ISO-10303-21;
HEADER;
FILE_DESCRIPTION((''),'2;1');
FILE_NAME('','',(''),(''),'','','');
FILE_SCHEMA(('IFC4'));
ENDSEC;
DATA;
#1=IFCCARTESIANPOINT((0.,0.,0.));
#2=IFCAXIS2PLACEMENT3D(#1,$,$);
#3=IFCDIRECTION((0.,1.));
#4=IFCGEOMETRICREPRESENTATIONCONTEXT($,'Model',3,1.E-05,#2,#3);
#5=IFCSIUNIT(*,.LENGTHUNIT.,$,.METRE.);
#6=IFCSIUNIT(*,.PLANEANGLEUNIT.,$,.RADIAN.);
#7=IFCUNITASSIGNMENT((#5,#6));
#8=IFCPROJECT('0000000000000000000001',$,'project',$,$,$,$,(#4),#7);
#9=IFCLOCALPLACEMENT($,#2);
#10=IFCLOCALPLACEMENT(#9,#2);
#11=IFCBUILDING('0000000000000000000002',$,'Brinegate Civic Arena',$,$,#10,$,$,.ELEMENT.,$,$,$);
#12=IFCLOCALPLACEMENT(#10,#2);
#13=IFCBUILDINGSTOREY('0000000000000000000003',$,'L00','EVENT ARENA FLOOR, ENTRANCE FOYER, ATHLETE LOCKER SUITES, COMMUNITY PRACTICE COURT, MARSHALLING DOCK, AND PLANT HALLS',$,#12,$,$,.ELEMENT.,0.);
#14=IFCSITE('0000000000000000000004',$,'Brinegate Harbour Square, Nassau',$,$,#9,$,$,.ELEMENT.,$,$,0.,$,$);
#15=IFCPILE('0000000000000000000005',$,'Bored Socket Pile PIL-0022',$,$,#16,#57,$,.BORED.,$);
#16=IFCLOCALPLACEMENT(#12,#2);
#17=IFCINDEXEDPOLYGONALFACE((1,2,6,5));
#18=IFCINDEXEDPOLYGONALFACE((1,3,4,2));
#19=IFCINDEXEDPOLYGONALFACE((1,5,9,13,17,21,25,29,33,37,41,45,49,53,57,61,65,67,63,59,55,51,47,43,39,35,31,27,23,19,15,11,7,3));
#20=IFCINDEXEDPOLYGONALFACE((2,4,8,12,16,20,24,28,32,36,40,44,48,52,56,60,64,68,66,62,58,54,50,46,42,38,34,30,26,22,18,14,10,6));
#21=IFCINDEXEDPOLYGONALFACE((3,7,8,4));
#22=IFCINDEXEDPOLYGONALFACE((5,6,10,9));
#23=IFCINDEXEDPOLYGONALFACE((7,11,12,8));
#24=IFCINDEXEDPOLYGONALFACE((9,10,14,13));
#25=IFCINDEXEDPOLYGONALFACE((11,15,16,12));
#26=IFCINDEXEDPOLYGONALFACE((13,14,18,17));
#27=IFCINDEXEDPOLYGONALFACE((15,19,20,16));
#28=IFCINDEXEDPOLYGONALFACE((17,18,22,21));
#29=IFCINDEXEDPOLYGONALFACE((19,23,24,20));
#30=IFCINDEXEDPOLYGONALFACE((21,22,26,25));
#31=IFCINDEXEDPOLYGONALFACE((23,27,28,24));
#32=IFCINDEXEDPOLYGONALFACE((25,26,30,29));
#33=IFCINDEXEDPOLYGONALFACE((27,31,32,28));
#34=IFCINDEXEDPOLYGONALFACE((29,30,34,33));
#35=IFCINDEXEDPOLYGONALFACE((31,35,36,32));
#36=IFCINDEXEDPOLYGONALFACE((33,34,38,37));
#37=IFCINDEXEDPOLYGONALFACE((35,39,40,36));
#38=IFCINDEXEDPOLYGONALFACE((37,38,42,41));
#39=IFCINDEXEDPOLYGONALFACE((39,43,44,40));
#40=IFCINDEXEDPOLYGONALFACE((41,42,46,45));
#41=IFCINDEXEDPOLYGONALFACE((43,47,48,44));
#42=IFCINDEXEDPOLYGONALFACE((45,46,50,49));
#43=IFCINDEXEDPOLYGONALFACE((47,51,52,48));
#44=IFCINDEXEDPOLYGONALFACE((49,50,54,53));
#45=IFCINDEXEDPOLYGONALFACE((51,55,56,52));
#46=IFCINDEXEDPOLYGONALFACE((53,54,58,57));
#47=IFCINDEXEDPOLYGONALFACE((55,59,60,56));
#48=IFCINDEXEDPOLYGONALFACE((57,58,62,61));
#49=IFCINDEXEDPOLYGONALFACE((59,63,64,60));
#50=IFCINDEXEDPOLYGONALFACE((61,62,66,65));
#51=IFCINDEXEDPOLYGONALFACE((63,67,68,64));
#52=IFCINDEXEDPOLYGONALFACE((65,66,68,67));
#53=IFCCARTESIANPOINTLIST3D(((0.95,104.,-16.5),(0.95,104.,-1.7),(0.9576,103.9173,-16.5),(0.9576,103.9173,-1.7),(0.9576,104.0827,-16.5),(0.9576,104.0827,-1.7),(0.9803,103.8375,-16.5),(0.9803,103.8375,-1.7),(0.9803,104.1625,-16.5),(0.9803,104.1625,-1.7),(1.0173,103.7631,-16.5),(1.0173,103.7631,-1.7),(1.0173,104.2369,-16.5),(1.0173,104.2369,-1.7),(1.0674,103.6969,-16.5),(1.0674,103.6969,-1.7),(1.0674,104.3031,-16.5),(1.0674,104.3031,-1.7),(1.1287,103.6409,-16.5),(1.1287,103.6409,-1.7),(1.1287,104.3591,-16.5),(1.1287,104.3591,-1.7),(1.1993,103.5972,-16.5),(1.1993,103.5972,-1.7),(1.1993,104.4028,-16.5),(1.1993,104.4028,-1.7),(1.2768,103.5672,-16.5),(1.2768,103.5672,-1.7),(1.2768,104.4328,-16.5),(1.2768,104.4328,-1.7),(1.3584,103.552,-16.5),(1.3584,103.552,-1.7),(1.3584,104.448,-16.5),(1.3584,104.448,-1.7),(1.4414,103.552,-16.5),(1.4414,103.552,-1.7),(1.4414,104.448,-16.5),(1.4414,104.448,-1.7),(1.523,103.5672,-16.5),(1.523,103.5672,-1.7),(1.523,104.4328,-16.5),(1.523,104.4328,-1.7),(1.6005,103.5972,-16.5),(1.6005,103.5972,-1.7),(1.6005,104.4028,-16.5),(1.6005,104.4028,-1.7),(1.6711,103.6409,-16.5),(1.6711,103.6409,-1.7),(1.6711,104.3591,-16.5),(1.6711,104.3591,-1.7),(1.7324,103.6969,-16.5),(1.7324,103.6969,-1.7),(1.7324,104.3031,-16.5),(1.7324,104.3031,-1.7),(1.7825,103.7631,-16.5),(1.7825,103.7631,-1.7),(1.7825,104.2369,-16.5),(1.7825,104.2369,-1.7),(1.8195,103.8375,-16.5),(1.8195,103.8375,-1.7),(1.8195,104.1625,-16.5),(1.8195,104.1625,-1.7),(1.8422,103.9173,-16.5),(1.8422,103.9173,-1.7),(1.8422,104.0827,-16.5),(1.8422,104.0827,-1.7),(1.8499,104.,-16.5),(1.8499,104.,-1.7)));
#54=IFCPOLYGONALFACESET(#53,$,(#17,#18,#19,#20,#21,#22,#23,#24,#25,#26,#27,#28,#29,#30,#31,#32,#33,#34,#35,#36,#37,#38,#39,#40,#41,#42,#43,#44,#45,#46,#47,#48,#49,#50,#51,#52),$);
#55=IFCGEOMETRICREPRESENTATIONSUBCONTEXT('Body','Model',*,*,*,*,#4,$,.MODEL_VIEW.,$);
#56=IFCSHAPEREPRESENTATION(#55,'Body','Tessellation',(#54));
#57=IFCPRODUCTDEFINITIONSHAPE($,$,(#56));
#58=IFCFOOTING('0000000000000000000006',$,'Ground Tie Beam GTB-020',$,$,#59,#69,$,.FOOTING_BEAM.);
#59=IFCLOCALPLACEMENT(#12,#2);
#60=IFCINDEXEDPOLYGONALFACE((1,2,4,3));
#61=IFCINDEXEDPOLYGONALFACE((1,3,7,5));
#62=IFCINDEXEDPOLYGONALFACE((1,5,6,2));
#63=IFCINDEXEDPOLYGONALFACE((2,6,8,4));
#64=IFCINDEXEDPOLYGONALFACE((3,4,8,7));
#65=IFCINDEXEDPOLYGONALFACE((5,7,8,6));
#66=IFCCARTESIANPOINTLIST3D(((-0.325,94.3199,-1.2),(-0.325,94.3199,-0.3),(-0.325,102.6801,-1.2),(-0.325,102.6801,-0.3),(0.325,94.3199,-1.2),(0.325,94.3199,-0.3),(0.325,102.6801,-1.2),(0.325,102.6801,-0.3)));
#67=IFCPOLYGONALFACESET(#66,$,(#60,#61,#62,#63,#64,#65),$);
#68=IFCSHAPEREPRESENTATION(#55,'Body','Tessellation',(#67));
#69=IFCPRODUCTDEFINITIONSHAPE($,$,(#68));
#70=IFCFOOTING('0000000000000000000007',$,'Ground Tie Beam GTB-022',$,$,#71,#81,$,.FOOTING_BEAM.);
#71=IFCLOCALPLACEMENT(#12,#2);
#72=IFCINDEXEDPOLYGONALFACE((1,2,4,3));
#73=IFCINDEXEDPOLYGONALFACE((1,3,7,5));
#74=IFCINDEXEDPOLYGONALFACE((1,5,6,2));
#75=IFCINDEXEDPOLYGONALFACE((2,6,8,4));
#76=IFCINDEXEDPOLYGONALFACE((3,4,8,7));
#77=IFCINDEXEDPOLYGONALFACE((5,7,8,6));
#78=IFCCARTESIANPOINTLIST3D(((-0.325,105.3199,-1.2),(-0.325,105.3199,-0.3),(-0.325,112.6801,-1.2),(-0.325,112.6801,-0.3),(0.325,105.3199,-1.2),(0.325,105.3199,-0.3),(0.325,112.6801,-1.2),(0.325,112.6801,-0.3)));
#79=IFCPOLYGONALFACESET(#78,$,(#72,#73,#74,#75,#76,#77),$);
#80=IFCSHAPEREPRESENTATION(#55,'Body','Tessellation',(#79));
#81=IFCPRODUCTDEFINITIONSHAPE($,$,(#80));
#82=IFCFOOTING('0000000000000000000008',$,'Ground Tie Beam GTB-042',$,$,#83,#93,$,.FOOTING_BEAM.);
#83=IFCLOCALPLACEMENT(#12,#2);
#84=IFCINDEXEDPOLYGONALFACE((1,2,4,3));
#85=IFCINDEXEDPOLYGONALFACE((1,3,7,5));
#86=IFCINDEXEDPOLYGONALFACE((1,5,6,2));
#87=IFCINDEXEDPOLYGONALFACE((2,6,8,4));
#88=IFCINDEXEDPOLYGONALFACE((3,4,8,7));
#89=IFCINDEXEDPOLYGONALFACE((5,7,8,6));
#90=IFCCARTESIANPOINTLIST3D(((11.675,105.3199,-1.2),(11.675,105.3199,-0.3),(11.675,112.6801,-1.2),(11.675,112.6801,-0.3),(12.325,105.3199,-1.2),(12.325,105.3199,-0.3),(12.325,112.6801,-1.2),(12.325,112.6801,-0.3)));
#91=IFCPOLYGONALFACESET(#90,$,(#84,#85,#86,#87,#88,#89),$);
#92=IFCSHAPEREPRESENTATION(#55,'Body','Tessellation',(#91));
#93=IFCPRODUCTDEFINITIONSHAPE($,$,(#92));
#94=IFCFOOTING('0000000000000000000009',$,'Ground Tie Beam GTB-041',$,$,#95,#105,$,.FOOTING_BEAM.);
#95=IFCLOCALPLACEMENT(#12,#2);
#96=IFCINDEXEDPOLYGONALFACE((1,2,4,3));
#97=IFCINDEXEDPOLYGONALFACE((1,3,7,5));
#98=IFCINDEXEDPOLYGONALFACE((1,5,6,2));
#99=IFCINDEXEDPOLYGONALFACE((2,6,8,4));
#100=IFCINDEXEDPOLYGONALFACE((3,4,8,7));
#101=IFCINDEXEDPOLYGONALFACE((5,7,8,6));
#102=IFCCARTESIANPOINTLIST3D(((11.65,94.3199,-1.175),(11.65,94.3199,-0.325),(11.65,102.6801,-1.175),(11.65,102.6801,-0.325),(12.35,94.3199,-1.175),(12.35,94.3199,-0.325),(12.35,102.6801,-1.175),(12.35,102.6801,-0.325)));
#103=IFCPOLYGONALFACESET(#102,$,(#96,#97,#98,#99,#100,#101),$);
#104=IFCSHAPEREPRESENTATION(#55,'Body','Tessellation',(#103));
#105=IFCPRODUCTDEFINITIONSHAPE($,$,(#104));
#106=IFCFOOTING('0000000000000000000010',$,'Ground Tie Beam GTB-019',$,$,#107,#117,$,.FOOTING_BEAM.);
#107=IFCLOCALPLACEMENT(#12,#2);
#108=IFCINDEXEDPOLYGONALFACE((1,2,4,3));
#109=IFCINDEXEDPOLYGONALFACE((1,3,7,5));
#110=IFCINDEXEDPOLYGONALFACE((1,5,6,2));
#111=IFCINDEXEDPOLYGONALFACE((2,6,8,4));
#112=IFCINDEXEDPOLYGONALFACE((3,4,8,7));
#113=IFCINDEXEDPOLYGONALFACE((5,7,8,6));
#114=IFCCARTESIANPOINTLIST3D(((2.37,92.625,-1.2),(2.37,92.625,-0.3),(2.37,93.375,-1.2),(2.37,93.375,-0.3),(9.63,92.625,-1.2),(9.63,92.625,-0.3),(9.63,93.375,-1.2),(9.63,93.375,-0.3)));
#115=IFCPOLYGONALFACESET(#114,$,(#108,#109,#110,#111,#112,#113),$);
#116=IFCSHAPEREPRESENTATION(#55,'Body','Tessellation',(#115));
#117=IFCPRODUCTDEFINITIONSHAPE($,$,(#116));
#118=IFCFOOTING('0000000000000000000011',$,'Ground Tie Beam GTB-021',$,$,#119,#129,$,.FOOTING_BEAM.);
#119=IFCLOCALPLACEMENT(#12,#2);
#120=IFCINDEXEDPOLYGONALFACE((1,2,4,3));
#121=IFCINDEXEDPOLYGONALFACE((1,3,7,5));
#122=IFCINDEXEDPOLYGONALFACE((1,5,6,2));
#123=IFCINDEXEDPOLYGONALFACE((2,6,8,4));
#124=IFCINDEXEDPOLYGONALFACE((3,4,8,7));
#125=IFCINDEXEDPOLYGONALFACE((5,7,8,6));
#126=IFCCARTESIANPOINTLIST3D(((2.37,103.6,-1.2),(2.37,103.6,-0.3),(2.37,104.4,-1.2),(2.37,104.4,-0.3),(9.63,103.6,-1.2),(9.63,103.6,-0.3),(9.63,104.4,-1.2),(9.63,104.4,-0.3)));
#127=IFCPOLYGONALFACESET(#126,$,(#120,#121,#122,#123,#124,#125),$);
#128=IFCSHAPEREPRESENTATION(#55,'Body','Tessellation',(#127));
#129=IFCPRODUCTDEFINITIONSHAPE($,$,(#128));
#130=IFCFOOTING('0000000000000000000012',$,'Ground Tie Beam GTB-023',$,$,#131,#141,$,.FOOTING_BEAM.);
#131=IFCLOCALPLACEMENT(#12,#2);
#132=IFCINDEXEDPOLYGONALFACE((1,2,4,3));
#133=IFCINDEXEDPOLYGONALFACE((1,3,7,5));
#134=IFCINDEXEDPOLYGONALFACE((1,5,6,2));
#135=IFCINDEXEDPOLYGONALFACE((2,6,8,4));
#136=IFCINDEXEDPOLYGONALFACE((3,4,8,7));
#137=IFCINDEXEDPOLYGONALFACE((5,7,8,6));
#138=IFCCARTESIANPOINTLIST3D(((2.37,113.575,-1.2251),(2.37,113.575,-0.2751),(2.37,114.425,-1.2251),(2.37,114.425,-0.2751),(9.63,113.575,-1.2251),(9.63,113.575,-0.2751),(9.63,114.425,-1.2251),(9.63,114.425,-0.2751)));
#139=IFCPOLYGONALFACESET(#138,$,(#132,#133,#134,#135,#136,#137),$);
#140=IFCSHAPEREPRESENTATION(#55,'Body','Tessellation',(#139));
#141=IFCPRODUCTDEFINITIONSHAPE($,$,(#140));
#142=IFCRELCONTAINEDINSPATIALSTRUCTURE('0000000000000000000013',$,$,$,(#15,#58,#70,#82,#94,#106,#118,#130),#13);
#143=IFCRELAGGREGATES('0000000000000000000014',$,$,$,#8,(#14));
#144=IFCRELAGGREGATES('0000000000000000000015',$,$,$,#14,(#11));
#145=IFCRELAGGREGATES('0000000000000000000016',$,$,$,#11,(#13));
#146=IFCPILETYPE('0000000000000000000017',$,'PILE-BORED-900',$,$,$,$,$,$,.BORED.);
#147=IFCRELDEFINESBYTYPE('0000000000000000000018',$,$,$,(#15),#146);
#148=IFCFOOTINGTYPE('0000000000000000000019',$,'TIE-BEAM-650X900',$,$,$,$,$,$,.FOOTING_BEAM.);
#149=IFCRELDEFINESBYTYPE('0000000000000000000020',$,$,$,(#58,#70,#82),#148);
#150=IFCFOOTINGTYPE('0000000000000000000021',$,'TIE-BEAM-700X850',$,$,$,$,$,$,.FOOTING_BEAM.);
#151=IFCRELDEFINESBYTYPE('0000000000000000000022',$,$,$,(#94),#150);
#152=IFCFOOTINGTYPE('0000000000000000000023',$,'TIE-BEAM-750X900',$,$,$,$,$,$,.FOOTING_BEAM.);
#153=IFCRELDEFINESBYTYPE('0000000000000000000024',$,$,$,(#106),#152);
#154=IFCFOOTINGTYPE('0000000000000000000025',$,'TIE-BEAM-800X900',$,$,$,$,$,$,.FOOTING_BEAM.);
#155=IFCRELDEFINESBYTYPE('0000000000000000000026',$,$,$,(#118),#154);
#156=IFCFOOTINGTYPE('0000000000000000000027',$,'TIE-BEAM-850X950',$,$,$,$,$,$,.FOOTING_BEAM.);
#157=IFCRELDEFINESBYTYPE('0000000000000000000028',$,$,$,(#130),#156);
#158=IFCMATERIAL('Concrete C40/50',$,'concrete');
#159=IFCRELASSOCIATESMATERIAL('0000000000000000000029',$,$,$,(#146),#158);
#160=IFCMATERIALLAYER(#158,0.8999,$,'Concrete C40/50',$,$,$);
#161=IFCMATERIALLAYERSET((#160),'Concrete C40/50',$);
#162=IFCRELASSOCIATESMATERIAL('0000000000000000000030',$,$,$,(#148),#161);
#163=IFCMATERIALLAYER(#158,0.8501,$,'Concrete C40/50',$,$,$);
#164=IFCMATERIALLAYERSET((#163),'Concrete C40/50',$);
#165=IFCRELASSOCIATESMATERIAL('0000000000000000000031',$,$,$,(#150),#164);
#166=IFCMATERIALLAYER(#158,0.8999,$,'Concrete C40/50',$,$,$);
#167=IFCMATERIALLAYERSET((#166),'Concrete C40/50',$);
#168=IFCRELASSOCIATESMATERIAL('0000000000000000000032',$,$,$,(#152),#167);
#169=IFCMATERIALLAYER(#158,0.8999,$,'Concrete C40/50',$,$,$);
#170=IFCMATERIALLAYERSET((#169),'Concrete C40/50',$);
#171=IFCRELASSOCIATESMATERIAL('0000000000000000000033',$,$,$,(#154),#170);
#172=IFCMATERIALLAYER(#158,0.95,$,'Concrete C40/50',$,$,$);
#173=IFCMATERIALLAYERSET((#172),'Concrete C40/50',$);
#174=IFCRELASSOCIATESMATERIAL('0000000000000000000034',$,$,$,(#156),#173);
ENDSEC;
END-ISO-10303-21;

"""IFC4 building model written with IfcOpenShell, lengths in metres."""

from ifc_helpers import new_model, si_unit, direction, frame, origin, origin_2d, place, context, subcontext, project, spatial, rectangle, circle, extrude, material, layer, layer_set, material_profile, profile_set, type_object, element, save


model = new_model("IFC4")

# Units and contexts
model_context = context("Model", 3, precision=1e-05, world=origin(), true_north=direction((0.0, 1.0)))
body_context = subcontext(model_context, "Body", "Model", "MODEL_VIEW")
ifc_project = project(units=[si_unit("LENGTHUNIT", "METRE"), si_unit("PLANEANGLEUNIT", "RADIAN")], contexts=[model_context])

# Site, building, storey
site_placement = place(None, origin())
site = spatial("IfcSite", under=ifc_project, at=site_placement, Name="Brinegate Harbour Square, Nassau", CompositionType="ELEMENT", RefElevation=0.0)
building_placement = place(site_placement, origin())
building = spatial("IfcBuilding", under=site, at=building_placement, Name="Brinegate Civic Arena", CompositionType="ELEMENT")
storey_placement = place(building_placement, origin())
storey = spatial("IfcBuildingStorey", under=building, at=storey_placement, Name="L00", Description="EVENT ARENA FLOOR, ENTRANCE FOYER, ATHLETE LOCKER SUITES, COMMUNITY PRACTICE COURT, MARSHALLING DOCK, AND PLANT HALLS", CompositionType="ELEMENT", Elevation=0.0)

# Shared definitions
ifc_material_1 = material(Name="Concrete C40/50", Category="concrete")

# Pile
ifc_material_profile_1 = material_profile(ifc_material_1, circle(Radius=0.45, at=origin_2d()), Name="PILED900")
ifc_profile_set_1 = profile_set([ifc_material_profile_1], Name="Concrete C40/50")
pile_type_1 = type_object("IfcPileType", Name="PILE-BORED-900", PredefinedType="BORED", material=ifc_profile_set_1)
for number, where, z_axis, x_axis, name in (
    (1, (1.3999, 104.0, -1.7), (0.0, 0.0, -1.0), (1.0, 0.0, 0.0), "Bored Socket Pile PIL-0022"),
):
    element("IfcPile", number, at=place(storey_placement, frame(where, z_axis=z_axis, x_axis=x_axis)), inside=storey, type_object=pile_type_1, Name=name, PredefinedType="BORED", context=body_context, shape_type="SweptSolid", body=[
        extrude(circle(Radius=0.45, at=origin_2d()), origin(), (0.0, 0.0, 1.0), 14.8),
    ])

# Footings
ifc_layer_1 = layer(ifc_material_1, 0.8999, Name="Concrete C40/50")
ifc_layer_set_1 = layer_set([ifc_layer_1], Name="Concrete C40/50")
footing_type_1 = type_object("IfcFootingType", Name="TIE-BEAM-650X900", PredefinedType="FOOTING_BEAM", material=ifc_layer_set_1)
footing_1_placement = place(storey_placement, frame((0.0, 98.5, -1.2), z_axis=(0.0, 0.0, 1.0), x_axis=(0.0, 1.0, 0.0)))
element("IfcFooting", 2, at=footing_1_placement, inside=storey, type_object=footing_type_1, Name="Ground Tie Beam GTB-020", PredefinedType="FOOTING_BEAM", context=body_context, shape_type="SweptSolid", body=[
    extrude(rectangle(XDim=8.3601, YDim=0.6499, at=origin_2d()), origin(), (0.0, 0.0, 1.0), 0.8999),
])
for number, where, z_axis, x_axis, name in (
    (3, (0.0, 109.0, -1.2), (0.0, 0.0, 1.0), (0.0, 1.0, 0.0), "Ground Tie Beam GTB-022"),
    (4, (12.0, 109.0, -1.2), (0.0, 0.0, 1.0), (0.0, 1.0, 0.0), "Ground Tie Beam GTB-042"),
):
    element("IfcFooting", number, at=place(storey_placement, frame(where, z_axis=z_axis, x_axis=x_axis)), inside=storey, type_object=footing_type_1, Name=name, PredefinedType="FOOTING_BEAM", context=body_context, shape_type="SweptSolid", body=[
        extrude(rectangle(XDim=7.3601, YDim=0.6499, at=origin_2d()), origin(), (0.0, 0.0, 1.0), 0.8999),
    ])
ifc_layer_2 = layer(ifc_material_1, 0.8501, Name="Concrete C40/50")
ifc_layer_set_2 = layer_set([ifc_layer_2], Name="Concrete C40/50")
footing_type_2 = type_object("IfcFootingType", Name="TIE-BEAM-700X850", PredefinedType="FOOTING_BEAM", material=ifc_layer_set_2)
footing_2_placement = place(storey_placement, frame((12.0, 98.5, -1.175), z_axis=(0.0, 0.0, 1.0), x_axis=(0.0, 1.0, 0.0)))
element("IfcFooting", 5, at=footing_2_placement, inside=storey, type_object=footing_type_2, Name="Ground Tie Beam GTB-041", PredefinedType="FOOTING_BEAM", context=body_context, shape_type="SweptSolid", body=[
    extrude(rectangle(XDim=8.3601, YDim=0.7, at=origin_2d()), origin(), (0.0, 0.0, 1.0), 0.8501),
])
ifc_layer_3 = layer(ifc_material_1, 0.8999, Name="Concrete C40/50")
ifc_layer_set_3 = layer_set([ifc_layer_3], Name="Concrete C40/50")
footing_type_3 = type_object("IfcFootingType", Name="TIE-BEAM-750X900", PredefinedType="FOOTING_BEAM", material=ifc_layer_set_3)
footing_3_placement = place(storey_placement, frame((6.0, 93.0, -1.2), z_axis=(0.0, 0.0, 1.0), x_axis=(1.0, 0.0, 0.0)))
element("IfcFooting", 6, at=footing_3_placement, inside=storey, type_object=footing_type_3, Name="Ground Tie Beam GTB-019", PredefinedType="FOOTING_BEAM", context=body_context, shape_type="SweptSolid", body=[
    extrude(rectangle(XDim=7.26, YDim=0.75, at=origin_2d()), origin(), (0.0, 0.0, 1.0), 0.8999),
])
ifc_layer_4 = layer(ifc_material_1, 0.8999, Name="Concrete C40/50")
ifc_layer_set_4 = layer_set([ifc_layer_4], Name="Concrete C40/50")
footing_type_4 = type_object("IfcFootingType", Name="TIE-BEAM-800X900", PredefinedType="FOOTING_BEAM", material=ifc_layer_set_4)
footing_4_placement = place(storey_placement, frame((6.0, 104.0, -1.2), z_axis=(0.0, 0.0, 1.0), x_axis=(1.0, 0.0, 0.0)))
element("IfcFooting", 7, at=footing_4_placement, inside=storey, type_object=footing_type_4, Name="Ground Tie Beam GTB-021", PredefinedType="FOOTING_BEAM", context=body_context, shape_type="SweptSolid", body=[
    extrude(rectangle(XDim=7.26, YDim=0.8, at=origin_2d()), origin(), (0.0, 0.0, 1.0), 0.8999),
])
ifc_layer_5 = layer(ifc_material_1, 0.95, Name="Concrete C40/50")
ifc_layer_set_5 = layer_set([ifc_layer_5], Name="Concrete C40/50")
footing_type_5 = type_object("IfcFootingType", Name="TIE-BEAM-850X950", PredefinedType="FOOTING_BEAM", material=ifc_layer_set_5)
footing_5_placement = place(storey_placement, frame((6.0, 114.0, -1.2251), z_axis=(0.0, 0.0, 1.0), x_axis=(1.0, 0.0, 0.0)))
element("IfcFooting", 8, at=footing_5_placement, inside=storey, type_object=footing_type_5, Name="Ground Tie Beam GTB-023", PredefinedType="FOOTING_BEAM", context=body_context, shape_type="SweptSolid", body=[
    extrude(rectangle(XDim=7.26, YDim=0.8501, at=origin_2d()), origin(), (0.0, 0.0, 1.0), 0.95),
])

save(model, "model.ifc")
